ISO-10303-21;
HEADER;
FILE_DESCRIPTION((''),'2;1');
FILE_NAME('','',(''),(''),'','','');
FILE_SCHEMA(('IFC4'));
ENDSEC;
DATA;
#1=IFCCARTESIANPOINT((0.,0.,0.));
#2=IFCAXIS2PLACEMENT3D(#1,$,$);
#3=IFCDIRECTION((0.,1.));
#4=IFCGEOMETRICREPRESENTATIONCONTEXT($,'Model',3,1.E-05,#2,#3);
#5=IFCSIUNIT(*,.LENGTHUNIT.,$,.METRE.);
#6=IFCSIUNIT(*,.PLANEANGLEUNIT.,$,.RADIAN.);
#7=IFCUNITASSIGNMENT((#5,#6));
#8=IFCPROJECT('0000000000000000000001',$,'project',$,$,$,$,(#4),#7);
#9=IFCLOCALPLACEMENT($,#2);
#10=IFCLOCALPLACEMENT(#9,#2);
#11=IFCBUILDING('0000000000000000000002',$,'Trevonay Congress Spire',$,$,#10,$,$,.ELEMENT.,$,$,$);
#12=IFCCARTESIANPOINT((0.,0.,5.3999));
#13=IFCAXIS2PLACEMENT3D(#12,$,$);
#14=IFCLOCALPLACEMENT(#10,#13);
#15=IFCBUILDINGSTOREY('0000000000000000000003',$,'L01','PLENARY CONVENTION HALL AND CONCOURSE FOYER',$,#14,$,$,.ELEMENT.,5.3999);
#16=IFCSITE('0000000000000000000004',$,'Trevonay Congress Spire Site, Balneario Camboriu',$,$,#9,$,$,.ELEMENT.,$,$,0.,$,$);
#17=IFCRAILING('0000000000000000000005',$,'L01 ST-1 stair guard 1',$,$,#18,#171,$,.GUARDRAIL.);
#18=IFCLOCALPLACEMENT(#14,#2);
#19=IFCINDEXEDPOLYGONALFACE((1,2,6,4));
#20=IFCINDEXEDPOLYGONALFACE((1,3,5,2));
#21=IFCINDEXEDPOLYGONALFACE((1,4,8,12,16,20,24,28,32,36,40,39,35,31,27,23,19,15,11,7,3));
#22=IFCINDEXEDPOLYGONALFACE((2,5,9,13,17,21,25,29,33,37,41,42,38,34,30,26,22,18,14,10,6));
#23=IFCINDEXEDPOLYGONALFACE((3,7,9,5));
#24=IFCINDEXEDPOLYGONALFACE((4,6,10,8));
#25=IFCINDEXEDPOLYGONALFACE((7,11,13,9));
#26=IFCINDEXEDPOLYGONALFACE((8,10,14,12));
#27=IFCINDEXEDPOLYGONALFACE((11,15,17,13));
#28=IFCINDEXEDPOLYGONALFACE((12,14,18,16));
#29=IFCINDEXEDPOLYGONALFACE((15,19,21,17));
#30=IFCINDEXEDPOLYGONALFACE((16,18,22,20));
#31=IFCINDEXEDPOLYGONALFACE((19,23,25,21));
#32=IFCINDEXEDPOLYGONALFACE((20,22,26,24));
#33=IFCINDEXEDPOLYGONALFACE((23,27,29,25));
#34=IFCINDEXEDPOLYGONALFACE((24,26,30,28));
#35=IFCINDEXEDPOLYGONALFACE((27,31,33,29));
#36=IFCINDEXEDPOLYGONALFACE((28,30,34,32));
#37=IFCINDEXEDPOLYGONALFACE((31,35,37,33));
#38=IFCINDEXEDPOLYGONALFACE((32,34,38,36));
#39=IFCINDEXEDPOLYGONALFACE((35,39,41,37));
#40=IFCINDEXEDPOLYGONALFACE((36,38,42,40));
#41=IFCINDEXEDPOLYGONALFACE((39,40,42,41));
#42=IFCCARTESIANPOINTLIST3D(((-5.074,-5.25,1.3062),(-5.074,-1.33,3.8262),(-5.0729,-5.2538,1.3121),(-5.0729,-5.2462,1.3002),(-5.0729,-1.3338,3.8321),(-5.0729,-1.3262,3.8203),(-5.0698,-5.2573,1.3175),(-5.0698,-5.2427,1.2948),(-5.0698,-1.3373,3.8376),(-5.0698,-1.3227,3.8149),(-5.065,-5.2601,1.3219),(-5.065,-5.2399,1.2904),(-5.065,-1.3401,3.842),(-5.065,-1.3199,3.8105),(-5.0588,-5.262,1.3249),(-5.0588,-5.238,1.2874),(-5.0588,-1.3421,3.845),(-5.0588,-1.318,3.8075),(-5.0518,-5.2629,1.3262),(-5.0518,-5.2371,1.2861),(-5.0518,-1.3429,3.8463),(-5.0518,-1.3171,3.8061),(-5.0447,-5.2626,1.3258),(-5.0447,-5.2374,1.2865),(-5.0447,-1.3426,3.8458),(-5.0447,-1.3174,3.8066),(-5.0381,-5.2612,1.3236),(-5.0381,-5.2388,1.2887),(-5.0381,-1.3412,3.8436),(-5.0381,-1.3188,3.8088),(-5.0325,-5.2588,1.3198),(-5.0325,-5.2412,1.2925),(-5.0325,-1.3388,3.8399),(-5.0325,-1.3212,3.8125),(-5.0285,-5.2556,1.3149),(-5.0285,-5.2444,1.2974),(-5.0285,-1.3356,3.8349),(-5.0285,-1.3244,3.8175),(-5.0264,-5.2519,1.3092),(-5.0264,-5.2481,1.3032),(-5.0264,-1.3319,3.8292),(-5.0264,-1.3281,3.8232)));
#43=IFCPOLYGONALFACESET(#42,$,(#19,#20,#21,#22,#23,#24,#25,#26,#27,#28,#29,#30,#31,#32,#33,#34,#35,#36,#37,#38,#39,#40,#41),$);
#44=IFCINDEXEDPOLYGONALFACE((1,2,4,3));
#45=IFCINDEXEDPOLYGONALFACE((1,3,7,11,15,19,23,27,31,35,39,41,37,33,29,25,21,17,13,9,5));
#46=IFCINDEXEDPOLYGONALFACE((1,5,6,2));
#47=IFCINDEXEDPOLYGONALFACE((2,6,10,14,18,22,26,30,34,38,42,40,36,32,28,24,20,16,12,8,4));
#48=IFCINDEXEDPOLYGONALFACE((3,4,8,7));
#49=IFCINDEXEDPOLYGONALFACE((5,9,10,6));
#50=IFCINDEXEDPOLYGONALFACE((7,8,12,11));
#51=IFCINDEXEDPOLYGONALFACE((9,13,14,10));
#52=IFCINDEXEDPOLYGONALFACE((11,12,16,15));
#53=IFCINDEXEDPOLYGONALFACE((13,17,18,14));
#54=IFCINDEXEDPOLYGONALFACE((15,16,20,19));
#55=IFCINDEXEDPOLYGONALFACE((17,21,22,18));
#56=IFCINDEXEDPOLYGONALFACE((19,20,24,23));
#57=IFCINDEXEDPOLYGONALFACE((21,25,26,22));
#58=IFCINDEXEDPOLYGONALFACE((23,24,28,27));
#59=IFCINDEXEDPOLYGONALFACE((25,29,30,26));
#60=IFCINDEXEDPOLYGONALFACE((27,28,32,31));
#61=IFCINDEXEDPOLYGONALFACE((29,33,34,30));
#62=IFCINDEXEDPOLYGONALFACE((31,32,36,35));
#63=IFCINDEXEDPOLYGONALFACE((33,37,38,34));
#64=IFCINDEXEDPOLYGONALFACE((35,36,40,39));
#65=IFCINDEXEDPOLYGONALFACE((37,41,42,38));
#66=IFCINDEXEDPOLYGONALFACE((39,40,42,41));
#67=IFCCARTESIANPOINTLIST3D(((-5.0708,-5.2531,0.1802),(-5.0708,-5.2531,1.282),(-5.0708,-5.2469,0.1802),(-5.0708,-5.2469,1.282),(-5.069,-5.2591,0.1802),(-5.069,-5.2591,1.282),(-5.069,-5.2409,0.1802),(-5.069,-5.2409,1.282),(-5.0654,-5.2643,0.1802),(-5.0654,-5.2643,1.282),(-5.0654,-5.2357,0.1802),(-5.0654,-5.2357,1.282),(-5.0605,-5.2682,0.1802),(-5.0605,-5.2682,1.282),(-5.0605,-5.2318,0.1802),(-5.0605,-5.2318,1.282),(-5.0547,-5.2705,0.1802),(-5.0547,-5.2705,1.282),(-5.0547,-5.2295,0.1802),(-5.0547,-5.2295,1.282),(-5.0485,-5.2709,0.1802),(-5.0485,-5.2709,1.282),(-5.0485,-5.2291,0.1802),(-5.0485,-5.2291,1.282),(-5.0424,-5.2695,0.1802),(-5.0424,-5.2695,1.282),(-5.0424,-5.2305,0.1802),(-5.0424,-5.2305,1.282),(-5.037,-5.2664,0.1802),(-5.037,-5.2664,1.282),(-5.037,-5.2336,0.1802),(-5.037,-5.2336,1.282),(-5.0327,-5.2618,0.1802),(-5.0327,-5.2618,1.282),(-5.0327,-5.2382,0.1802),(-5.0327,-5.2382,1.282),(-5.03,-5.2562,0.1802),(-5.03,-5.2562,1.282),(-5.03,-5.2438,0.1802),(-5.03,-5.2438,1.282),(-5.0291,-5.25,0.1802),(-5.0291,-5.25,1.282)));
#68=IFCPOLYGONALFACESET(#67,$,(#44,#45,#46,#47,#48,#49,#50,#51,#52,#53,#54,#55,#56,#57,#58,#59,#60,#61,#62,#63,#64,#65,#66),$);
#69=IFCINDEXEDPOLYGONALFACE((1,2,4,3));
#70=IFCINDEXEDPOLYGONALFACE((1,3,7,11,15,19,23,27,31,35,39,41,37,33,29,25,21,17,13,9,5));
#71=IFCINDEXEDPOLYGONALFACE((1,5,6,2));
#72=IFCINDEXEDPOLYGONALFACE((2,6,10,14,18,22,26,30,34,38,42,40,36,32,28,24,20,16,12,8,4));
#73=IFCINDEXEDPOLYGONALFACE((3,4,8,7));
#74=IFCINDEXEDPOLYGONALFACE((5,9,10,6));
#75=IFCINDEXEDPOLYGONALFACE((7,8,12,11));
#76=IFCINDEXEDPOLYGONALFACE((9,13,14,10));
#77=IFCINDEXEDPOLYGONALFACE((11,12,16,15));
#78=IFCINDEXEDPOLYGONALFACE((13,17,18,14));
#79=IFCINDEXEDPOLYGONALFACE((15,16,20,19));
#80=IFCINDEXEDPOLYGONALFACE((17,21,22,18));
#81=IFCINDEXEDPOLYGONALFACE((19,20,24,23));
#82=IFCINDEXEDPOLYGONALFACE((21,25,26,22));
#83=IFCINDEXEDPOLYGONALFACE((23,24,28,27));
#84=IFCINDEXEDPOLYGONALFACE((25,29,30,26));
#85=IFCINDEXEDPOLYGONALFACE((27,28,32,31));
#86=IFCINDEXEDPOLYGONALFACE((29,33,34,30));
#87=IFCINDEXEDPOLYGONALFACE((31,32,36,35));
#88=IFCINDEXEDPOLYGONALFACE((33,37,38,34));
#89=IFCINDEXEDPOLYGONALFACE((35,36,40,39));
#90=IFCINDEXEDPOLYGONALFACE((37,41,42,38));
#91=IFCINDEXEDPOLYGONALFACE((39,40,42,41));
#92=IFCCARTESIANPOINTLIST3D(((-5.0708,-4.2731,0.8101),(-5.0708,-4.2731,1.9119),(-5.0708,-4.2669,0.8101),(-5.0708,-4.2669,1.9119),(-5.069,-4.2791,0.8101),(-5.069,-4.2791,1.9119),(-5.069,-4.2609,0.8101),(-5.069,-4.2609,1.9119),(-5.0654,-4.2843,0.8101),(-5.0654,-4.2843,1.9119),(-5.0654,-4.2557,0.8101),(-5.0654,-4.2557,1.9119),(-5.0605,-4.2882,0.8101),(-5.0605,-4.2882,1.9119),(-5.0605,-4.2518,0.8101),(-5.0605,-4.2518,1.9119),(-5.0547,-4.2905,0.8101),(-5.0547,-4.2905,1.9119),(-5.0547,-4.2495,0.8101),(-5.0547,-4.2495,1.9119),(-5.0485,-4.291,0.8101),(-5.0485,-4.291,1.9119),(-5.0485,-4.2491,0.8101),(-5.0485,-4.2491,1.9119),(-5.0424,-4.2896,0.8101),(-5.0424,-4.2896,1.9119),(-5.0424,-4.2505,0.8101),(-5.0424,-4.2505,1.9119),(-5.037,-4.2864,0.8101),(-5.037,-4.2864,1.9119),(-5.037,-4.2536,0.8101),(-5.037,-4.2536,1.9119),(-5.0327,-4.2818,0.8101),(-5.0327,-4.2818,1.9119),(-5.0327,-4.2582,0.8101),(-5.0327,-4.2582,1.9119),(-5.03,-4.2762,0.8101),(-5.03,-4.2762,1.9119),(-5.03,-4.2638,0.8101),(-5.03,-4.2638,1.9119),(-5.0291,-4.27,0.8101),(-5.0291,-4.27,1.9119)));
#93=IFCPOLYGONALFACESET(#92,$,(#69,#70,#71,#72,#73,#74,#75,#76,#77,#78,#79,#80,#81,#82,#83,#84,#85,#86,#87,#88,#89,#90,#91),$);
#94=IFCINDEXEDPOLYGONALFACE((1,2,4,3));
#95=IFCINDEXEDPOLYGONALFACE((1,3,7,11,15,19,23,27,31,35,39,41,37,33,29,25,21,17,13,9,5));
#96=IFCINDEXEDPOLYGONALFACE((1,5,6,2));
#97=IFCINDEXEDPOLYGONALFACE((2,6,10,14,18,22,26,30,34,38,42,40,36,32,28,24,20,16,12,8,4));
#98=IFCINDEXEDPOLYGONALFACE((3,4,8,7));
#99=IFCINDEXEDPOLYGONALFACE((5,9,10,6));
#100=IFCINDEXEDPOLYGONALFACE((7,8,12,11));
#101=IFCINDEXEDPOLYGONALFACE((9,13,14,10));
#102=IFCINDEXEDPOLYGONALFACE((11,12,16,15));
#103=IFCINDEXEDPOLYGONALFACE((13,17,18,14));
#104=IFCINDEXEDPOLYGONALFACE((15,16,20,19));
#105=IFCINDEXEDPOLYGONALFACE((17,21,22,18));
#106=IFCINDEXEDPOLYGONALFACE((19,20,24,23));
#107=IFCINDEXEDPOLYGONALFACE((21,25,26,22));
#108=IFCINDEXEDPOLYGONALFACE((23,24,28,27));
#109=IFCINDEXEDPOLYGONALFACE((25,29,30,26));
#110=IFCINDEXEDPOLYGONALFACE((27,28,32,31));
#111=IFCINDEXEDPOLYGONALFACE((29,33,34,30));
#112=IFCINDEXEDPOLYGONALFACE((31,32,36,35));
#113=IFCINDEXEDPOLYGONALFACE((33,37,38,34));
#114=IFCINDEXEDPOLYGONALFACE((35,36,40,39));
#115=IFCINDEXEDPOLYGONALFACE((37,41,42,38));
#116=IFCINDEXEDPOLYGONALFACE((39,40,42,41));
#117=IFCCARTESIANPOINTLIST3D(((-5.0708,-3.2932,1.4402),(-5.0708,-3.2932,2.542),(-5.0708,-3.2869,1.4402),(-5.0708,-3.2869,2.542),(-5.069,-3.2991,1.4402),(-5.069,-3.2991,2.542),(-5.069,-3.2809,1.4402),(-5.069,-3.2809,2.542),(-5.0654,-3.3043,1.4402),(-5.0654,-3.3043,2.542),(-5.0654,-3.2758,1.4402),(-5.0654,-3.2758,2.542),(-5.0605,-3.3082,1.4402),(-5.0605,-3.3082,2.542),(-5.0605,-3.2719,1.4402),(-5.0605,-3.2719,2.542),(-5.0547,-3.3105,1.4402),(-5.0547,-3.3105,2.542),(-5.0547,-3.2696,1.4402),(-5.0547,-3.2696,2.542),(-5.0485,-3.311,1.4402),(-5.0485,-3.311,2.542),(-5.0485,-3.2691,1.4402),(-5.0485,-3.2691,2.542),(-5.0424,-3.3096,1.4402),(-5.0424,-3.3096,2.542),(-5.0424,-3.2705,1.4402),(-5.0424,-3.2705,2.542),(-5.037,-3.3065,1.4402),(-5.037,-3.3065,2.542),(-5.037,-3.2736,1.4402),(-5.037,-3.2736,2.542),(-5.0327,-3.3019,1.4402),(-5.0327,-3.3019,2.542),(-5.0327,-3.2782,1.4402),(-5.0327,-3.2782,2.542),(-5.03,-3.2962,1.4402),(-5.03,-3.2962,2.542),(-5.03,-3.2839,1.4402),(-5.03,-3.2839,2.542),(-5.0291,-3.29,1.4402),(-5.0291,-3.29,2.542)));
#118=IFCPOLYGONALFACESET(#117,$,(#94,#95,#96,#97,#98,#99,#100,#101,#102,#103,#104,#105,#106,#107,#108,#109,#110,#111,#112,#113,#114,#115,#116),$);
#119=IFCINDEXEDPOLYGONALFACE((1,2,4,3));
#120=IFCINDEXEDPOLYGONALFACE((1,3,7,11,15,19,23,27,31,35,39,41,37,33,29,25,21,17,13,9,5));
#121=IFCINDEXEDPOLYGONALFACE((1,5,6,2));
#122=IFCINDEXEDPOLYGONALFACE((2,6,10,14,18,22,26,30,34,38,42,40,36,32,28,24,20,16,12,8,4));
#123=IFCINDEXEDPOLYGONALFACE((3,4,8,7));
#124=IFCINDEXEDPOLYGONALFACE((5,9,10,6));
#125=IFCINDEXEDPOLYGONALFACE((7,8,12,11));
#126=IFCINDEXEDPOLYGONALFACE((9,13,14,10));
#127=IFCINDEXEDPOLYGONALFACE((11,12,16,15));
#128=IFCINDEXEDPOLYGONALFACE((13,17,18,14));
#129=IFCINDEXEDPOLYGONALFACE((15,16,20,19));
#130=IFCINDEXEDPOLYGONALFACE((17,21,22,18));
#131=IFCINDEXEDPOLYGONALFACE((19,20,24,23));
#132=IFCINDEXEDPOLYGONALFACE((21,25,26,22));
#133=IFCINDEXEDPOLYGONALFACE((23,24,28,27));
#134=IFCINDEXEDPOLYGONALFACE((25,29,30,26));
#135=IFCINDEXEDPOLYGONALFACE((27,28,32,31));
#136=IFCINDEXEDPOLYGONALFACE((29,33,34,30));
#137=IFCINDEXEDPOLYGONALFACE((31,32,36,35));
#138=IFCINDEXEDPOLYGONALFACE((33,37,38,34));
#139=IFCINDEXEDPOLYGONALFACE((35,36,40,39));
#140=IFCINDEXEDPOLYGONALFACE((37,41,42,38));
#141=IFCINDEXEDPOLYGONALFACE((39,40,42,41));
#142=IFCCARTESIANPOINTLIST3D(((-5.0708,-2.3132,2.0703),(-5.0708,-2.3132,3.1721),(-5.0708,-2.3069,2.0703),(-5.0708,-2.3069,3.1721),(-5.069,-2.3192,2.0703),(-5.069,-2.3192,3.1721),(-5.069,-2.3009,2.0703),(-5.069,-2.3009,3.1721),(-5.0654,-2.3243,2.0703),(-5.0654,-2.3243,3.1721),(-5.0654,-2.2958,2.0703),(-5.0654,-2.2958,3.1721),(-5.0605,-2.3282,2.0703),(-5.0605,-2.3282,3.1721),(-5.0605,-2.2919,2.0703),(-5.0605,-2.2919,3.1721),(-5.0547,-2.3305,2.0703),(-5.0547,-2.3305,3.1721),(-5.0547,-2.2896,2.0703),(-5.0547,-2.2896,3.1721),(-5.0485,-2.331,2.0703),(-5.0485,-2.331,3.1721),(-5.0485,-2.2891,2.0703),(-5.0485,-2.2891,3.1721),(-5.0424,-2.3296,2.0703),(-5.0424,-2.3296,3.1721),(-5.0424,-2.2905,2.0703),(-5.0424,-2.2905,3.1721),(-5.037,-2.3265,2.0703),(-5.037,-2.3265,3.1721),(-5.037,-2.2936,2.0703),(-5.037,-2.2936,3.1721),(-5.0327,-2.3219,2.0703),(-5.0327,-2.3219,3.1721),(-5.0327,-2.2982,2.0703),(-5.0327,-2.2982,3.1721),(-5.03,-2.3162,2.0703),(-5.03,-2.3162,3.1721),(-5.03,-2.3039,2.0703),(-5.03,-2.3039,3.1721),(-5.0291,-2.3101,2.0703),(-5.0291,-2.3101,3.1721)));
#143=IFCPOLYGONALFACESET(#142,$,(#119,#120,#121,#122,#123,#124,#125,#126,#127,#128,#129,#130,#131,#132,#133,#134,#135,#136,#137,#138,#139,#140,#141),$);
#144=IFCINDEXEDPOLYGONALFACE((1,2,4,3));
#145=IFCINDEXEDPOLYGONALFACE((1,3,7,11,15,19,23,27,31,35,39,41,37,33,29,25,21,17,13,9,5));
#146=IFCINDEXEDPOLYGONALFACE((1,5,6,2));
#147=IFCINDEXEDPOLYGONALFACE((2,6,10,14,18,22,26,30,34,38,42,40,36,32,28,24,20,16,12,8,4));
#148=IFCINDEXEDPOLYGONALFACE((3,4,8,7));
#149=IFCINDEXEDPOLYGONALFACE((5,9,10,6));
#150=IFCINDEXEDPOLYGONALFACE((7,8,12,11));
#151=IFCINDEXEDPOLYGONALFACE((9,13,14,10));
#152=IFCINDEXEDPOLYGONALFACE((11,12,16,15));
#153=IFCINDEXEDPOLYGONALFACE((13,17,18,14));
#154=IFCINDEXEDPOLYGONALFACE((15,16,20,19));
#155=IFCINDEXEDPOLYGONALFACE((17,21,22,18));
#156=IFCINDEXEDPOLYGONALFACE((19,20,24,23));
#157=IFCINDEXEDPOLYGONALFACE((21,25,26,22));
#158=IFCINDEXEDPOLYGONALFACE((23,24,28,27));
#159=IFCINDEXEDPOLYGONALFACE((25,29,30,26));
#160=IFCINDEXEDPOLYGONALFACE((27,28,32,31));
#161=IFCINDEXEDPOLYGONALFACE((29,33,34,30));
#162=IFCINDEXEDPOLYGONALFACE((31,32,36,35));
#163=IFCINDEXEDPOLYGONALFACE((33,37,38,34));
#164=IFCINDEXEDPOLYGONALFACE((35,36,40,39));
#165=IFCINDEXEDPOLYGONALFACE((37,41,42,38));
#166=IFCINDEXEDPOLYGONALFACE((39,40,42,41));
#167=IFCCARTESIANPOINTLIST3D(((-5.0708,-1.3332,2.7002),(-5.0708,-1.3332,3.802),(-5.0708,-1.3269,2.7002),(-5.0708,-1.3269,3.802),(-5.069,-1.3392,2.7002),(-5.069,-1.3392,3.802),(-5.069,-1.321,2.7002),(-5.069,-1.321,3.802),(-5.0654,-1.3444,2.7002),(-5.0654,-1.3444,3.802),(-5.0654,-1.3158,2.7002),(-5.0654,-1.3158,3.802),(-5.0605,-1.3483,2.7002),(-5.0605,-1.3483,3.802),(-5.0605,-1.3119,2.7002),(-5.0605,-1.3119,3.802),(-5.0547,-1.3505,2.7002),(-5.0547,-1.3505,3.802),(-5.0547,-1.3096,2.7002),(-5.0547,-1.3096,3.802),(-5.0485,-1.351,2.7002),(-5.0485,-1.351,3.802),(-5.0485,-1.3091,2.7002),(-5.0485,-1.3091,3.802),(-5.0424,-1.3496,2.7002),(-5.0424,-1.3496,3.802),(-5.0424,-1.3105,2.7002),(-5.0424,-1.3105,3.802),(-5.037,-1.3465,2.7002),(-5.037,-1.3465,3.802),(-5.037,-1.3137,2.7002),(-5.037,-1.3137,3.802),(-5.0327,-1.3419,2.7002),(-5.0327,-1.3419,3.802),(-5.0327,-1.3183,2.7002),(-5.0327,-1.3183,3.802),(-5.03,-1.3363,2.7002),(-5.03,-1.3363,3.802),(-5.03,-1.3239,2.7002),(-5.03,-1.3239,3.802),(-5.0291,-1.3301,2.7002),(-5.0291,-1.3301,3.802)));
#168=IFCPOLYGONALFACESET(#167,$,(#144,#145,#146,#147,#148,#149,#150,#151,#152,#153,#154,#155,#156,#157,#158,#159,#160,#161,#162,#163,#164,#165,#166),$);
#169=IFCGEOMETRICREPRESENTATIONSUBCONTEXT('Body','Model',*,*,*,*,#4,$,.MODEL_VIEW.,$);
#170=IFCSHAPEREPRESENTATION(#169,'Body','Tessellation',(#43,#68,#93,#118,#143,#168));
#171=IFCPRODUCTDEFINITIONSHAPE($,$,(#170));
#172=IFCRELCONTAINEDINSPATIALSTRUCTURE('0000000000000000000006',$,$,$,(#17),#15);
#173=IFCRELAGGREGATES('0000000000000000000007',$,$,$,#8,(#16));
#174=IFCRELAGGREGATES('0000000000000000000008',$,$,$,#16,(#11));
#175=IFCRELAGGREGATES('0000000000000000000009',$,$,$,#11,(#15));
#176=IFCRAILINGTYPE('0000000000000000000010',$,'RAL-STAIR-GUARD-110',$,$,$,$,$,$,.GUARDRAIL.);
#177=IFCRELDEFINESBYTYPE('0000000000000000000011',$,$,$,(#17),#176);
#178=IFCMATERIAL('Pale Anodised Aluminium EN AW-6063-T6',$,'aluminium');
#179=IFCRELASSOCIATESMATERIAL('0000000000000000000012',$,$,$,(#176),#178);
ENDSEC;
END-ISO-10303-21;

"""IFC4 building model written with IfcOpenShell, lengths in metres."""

from ifc_helpers import new_model, si_unit, direction, frame, origin, origin_2d, place, context, subcontext, project, spatial, circle, extrude, material, type_object, element, save


model = new_model("IFC4")

# Units and contexts
model_context = context("Model", 3, precision=1e-05, world=origin(), true_north=direction((0.0, 1.0)))
body_context = subcontext(model_context, "Body", "Model", "MODEL_VIEW")
ifc_project = project(units=[si_unit("LENGTHUNIT", "METRE"), si_unit("PLANEANGLEUNIT", "RADIAN")], contexts=[model_context])

# Site, building, storey
site_placement = place(None, origin())
site = spatial("IfcSite", under=ifc_project, at=site_placement, Name="Trevonay Congress Spire Site, Balneario Camboriu", CompositionType="ELEMENT", RefElevation=0.0)
building_placement = place(site_placement, origin())
building = spatial("IfcBuilding", under=site, at=building_placement, Name="Trevonay Congress Spire", CompositionType="ELEMENT")
storey_placement = place(building_placement, frame((0.0, 0.0, 5.3999)))
storey = spatial("IfcBuildingStorey", under=building, at=storey_placement, Name="L01", Description="PLENARY CONVENTION HALL AND CONCOURSE FOYER", CompositionType="ELEMENT", Elevation=5.3999)

# Shared definitions
ifc_material_1 = material(Name="Pale Anodised Aluminium EN AW-6063-T6", Category="aluminium")

# Railing
railing_type_1 = type_object("IfcRailingType", Name="RAL-STAIR-GUARD-110", PredefinedType="GUARDRAIL", material=ifc_material_1)
railing_1_placement = place(storey_placement, frame((-5.05, -5.25, 0.1802)))
element("IfcRailing", 1, at=railing_1_placement, inside=storey, type_object=railing_type_1, Name="L01 ST-1 stair guard 1", PredefinedType="GUARDRAIL", context=body_context, shape_type="SweptSolid", body=[
    extrude(circle(Radius=0.0239, at=origin_2d()), frame((0.0, 0.0, 1.126), z_axis=(0.0, 0.841172, 0.540768), x_axis=(-1.0, 0.0, 0.0)), (0.0, 0.0, 1.0), 4.6602),
    extrude(circle(Radius=0.021, at=origin_2d()), origin(), (0.0, 0.0, 1.0), 1.1018),
    extrude(circle(Radius=0.021, at=origin_2d()), frame((0.0, 0.98, 0.6299)), (0.0, 0.0, 1.0), 1.1018),
    extrude(circle(Radius=0.021, at=origin_2d()), frame((0.0, 1.96, 1.26)), (0.0, 0.0, 1.0), 1.1018),
    extrude(circle(Radius=0.021, at=origin_2d()), frame((0.0, 2.9399, 1.8901)), (0.0, 0.0, 1.0), 1.1018),
    extrude(circle(Radius=0.021, at=origin_2d()), frame((0.0, 3.9199, 2.52)), (0.0, 0.0, 1.0), 1.1018),
])

save(model, "model.ifc")
